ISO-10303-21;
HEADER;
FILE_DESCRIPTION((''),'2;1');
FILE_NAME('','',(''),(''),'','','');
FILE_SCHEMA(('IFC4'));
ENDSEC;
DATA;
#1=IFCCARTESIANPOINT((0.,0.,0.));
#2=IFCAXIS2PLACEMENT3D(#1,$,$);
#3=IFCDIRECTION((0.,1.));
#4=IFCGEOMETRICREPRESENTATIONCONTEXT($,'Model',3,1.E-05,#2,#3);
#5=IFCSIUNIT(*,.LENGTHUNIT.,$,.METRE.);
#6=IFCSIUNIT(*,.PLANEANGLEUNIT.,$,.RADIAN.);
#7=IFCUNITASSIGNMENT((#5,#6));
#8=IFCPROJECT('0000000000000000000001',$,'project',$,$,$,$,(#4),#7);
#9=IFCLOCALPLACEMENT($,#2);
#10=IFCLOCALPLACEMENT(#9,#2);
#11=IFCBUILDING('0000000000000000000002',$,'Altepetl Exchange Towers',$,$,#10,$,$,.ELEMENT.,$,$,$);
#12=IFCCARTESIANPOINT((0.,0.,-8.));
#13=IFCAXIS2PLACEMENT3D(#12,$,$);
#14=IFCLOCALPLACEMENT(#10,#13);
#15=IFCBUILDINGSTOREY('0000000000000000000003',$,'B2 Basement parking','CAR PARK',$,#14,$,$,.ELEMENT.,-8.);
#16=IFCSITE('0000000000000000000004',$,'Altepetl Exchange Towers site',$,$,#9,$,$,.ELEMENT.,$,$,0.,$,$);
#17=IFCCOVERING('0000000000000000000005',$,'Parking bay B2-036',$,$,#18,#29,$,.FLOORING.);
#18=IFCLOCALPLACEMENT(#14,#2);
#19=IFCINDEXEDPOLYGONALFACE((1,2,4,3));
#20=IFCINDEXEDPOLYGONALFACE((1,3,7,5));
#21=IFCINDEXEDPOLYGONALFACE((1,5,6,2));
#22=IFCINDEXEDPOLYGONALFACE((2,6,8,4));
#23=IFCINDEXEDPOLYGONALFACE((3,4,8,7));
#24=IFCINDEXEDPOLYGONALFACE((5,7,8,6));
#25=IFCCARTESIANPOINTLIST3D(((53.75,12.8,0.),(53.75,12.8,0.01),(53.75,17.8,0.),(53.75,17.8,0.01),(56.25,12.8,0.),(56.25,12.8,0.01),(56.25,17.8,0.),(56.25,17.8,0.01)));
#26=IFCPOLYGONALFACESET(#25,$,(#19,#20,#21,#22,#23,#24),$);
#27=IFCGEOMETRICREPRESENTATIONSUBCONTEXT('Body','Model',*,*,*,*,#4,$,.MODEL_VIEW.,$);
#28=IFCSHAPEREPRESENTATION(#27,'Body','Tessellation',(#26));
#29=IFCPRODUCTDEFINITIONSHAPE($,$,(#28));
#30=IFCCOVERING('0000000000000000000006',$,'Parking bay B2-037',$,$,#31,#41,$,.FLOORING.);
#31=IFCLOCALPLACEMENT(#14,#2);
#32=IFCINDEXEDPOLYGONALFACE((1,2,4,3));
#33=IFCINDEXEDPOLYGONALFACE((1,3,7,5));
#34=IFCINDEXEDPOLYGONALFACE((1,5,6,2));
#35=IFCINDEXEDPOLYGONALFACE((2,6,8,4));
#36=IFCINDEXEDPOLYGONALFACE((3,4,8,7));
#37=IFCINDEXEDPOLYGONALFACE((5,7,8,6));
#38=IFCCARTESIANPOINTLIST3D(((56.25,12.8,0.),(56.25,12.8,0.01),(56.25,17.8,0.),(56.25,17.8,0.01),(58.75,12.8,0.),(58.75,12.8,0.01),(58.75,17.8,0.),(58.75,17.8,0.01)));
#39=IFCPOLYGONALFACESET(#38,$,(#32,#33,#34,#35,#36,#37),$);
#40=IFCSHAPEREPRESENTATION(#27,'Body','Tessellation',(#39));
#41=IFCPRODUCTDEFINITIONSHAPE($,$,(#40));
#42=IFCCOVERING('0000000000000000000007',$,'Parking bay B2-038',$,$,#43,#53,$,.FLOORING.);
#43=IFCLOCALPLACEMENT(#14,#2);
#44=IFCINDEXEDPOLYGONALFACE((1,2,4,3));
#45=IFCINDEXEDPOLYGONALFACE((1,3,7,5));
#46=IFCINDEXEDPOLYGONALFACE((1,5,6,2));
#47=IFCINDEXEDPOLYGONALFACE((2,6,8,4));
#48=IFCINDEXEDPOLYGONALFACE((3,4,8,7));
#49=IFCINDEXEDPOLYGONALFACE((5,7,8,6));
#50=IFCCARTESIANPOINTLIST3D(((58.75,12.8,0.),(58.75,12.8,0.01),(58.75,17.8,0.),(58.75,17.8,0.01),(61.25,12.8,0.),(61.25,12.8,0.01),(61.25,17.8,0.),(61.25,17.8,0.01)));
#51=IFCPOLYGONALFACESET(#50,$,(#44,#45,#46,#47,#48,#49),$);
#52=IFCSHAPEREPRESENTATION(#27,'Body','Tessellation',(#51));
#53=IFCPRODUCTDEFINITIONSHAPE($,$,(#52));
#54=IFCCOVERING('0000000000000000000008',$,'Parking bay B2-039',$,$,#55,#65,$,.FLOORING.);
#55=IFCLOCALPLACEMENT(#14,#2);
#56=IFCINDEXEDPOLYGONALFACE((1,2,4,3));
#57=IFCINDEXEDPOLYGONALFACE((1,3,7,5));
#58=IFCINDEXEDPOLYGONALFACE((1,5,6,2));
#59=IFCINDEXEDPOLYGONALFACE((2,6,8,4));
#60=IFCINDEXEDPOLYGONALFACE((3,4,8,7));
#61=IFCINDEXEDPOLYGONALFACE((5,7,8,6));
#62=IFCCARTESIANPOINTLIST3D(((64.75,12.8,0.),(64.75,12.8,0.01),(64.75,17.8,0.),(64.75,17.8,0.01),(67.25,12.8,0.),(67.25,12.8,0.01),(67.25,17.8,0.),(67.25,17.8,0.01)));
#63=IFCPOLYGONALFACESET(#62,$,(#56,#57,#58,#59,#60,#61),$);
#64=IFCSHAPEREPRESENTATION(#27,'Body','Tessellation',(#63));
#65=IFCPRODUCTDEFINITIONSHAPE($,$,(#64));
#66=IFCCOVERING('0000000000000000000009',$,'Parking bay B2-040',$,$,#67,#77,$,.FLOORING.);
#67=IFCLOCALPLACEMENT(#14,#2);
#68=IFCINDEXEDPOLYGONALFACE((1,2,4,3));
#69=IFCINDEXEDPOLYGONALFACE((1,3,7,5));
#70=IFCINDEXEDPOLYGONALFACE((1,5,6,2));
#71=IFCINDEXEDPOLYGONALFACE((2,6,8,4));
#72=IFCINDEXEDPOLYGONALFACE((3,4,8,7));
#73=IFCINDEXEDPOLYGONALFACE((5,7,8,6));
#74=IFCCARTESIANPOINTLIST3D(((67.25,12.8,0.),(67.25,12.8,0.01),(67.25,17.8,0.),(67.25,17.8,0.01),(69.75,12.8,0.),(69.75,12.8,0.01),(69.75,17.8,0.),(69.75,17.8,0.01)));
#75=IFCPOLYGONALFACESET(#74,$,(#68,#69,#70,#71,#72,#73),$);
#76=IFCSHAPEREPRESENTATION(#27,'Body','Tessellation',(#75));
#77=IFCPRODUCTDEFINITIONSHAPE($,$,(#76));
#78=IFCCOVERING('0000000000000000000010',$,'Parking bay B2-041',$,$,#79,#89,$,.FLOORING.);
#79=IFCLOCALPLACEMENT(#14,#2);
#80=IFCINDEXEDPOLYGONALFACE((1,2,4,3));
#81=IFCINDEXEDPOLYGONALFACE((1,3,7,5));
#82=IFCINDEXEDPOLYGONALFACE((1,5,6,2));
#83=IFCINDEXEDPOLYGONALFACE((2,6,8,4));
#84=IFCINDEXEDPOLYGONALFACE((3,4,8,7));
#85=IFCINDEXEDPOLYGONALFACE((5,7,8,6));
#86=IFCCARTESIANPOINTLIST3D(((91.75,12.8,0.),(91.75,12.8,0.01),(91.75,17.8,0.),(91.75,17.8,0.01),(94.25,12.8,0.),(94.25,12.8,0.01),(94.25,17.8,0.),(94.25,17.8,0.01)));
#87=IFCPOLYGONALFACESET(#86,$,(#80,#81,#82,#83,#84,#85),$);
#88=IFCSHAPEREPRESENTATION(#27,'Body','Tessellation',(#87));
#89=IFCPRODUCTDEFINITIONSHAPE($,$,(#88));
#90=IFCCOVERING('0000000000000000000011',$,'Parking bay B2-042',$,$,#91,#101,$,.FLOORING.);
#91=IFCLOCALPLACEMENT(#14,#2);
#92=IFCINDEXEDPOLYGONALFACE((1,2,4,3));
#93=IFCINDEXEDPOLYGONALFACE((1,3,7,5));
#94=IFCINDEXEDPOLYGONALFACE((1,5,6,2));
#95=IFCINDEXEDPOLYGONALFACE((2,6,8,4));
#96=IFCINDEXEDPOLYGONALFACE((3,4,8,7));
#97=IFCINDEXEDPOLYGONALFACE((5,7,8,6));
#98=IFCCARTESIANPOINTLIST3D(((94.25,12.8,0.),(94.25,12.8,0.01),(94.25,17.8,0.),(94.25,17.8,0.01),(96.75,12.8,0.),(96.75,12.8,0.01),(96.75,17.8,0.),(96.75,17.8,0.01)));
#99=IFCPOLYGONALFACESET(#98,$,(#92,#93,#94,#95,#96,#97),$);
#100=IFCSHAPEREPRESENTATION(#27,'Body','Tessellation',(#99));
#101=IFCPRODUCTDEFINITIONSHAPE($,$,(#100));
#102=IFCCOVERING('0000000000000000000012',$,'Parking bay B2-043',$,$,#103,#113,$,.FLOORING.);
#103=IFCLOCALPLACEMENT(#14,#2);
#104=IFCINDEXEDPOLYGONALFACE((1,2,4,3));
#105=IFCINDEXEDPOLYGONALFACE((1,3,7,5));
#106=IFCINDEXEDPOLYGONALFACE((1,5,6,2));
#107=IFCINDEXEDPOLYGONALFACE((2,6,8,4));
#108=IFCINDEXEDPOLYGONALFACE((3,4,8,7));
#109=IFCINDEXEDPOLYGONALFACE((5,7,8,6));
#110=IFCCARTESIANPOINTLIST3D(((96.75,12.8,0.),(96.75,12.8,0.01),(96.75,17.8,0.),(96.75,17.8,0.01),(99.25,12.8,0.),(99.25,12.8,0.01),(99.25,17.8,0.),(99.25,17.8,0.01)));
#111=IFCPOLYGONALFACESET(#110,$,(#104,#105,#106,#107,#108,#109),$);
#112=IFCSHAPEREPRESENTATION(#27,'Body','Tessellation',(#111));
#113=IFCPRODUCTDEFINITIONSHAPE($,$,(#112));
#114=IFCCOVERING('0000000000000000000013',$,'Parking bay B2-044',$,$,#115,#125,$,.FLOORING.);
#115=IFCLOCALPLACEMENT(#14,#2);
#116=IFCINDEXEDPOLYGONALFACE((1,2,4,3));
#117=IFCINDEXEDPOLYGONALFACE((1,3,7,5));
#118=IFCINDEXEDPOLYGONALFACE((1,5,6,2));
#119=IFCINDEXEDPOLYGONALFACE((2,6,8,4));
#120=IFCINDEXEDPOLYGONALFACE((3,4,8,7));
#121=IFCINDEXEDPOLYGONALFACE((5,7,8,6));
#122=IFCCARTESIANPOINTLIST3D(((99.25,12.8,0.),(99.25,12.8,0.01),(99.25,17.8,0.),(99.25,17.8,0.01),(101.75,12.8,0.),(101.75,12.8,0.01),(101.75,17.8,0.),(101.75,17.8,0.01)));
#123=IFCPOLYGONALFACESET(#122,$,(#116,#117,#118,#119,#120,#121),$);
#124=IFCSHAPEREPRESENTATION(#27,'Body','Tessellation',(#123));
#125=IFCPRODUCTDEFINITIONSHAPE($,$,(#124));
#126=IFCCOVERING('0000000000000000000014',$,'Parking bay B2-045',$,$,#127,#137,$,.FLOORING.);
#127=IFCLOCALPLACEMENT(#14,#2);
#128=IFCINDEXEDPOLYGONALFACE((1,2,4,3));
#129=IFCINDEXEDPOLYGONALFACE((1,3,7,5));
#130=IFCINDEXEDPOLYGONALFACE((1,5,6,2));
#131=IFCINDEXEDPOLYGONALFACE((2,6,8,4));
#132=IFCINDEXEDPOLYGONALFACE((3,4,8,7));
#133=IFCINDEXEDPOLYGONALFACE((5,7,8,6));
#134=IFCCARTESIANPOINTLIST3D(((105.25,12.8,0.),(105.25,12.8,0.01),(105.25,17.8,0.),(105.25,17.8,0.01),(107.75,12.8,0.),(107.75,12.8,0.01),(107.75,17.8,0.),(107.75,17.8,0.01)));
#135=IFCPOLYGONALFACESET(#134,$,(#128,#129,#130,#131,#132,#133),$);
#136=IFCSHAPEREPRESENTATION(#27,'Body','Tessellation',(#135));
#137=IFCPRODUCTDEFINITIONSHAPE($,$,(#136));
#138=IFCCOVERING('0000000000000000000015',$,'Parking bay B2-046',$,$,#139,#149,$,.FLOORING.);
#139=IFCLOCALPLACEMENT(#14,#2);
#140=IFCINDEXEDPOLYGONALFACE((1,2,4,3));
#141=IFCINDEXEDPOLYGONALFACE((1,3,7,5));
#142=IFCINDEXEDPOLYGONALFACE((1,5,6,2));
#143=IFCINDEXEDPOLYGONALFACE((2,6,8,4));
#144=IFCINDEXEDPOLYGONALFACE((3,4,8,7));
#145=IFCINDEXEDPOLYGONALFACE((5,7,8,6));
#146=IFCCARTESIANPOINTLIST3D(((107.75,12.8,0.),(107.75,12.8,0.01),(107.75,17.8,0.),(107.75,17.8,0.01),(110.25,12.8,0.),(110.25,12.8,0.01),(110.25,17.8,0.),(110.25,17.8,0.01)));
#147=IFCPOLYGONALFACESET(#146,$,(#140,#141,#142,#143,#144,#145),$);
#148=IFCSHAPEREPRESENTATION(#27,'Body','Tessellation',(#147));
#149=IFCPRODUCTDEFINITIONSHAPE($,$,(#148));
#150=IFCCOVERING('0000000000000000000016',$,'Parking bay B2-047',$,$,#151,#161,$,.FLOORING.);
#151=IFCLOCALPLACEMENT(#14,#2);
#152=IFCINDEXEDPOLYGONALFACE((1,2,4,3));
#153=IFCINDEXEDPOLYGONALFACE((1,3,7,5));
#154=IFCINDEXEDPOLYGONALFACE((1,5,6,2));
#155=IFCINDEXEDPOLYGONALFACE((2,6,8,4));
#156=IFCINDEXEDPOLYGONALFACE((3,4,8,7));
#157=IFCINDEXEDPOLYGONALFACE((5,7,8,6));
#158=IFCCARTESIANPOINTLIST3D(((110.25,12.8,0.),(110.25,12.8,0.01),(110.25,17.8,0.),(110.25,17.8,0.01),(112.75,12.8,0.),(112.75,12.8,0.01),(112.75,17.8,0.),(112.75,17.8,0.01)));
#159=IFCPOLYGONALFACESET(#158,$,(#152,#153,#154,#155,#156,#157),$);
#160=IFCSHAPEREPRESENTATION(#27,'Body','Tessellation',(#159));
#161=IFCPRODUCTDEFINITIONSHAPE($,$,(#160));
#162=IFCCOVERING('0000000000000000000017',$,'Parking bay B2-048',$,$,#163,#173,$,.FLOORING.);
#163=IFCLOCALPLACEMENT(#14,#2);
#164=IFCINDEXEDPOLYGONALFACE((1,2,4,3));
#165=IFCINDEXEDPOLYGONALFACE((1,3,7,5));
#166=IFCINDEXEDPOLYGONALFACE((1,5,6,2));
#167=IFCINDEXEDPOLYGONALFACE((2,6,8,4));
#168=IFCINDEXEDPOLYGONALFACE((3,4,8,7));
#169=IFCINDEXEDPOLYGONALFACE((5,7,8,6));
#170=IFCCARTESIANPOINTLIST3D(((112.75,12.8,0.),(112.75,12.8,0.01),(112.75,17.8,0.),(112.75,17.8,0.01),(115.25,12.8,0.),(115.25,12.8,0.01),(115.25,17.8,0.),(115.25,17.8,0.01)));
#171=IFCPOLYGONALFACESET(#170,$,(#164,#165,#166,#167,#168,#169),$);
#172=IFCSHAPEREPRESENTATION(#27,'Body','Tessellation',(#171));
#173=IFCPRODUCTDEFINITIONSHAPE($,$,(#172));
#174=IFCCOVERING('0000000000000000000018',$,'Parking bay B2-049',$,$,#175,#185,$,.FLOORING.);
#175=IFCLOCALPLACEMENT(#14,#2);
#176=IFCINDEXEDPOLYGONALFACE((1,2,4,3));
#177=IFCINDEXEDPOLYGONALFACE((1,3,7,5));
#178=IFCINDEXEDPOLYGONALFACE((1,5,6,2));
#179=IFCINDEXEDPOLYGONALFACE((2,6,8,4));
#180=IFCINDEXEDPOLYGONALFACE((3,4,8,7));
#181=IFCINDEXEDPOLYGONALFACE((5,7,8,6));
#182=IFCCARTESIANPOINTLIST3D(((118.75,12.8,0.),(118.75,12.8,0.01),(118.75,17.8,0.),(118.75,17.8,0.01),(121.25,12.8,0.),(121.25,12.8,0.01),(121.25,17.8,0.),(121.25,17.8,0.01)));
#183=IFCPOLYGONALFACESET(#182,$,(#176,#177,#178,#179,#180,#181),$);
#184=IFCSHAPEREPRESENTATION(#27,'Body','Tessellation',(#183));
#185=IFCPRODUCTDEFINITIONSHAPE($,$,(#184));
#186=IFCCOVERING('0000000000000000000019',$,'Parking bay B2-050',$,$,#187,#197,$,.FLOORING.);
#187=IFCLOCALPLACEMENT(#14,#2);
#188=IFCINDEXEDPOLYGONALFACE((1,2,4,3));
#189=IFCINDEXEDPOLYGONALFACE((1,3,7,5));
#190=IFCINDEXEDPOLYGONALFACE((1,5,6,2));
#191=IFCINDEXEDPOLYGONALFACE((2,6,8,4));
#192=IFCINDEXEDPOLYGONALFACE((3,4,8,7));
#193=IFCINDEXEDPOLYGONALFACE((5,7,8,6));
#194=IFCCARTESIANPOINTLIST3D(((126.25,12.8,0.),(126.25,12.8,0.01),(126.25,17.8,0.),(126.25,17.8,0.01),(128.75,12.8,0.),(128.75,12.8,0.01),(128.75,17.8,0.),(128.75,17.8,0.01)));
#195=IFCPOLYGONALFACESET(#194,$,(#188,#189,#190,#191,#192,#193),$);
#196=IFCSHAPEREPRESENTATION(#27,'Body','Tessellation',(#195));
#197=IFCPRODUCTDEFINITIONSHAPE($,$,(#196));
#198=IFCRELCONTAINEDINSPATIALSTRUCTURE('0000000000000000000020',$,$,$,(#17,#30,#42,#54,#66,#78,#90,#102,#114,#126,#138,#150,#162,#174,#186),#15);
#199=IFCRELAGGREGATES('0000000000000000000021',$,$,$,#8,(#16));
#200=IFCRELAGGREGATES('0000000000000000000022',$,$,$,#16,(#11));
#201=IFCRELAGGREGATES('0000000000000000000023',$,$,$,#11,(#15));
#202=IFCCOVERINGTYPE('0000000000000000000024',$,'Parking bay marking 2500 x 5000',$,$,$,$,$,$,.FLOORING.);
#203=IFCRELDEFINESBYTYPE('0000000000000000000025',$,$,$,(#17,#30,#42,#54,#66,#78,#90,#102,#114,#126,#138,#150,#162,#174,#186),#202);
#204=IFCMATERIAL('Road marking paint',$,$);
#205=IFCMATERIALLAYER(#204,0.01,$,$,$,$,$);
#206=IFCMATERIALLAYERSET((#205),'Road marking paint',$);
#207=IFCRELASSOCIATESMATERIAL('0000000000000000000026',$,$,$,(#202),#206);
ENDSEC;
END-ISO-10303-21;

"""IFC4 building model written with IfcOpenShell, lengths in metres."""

from ifc_helpers import new_model, si_unit, direction, frame, origin, place, context, subcontext, project, spatial, polyline, outline, extrude, material, layer, layer_set, type_object, element, save


model = new_model("IFC4")

# Units and contexts
model_context = context("Model", 3, precision=1e-05, world=origin(), true_north=direction((0.0, 1.0)))
body_context = subcontext(model_context, "Body", "Model", "MODEL_VIEW")
ifc_project = project(units=[si_unit("LENGTHUNIT", "METRE"), si_unit("PLANEANGLEUNIT", "RADIAN")], contexts=[model_context])

# Site, building, storey
site_placement = place(None, origin())
site = spatial("IfcSite", under=ifc_project, at=site_placement, Name="Altepetl Exchange Towers site", CompositionType="ELEMENT", RefElevation=0.0)
building_placement = place(site_placement, origin())
building = spatial("IfcBuilding", under=site, at=building_placement, Name="Altepetl Exchange Towers", CompositionType="ELEMENT")
storey_placement = place(building_placement, frame((0.0, 0.0, -8.0)))
storey = spatial("IfcBuildingStorey", under=building, at=storey_placement, Name="B2 Basement parking", Description="CAR PARK", CompositionType="ELEMENT", Elevation=-8.0)

# Coverings
ifc_material = material(Name="Road marking paint")
ifc_layer = layer(ifc_material, 0.01)
ifc_layer_set = layer_set([ifc_layer], Name="Road marking paint")
covering_type = type_object("IfcCoveringType", Name="Parking bay marking 2500 x 5000", PredefinedType="FLOORING", material=ifc_layer_set)
covering_1_placement = place(storey_placement, origin())
element("IfcCovering", 1, at=covering_1_placement, inside=storey, type_object=covering_type, Name="Parking bay B2-036", PredefinedType="FLOORING", context=body_context, shape_type="SweptSolid", body=[
    extrude(outline(polyline([(53.75, 12.8), (56.25, 12.8), (56.25, 17.8), (53.75, 17.8), (53.75, 12.8)])), origin(), (0.0, 0.0, 1.0), 0.01),
])
covering_2_placement = place(storey_placement, origin())
element("IfcCovering", 2, at=covering_2_placement, inside=storey, type_object=covering_type, Name="Parking bay B2-037", PredefinedType="FLOORING", context=body_context, shape_type="SweptSolid", body=[
    extrude(outline(polyline([(56.25, 12.8), (58.75, 12.8), (58.75, 17.8), (56.25, 17.8), (56.25, 12.8)])), origin(), (0.0, 0.0, 1.0), 0.01),
])
covering_3_placement = place(storey_placement, origin())
element("IfcCovering", 3, at=covering_3_placement, inside=storey, type_object=covering_type, Name="Parking bay B2-038", PredefinedType="FLOORING", context=body_context, shape_type="SweptSolid", body=[
    extrude(outline(polyline([(58.75, 12.8), (61.25, 12.8), (61.25, 17.8), (58.75, 17.8), (58.75, 12.8)])), origin(), (0.0, 0.0, 1.0), 0.01),
])
covering_4_placement = place(storey_placement, origin())
element("IfcCovering", 4, at=covering_4_placement, inside=storey, type_object=covering_type, Name="Parking bay B2-039", PredefinedType="FLOORING", context=body_context, shape_type="SweptSolid", body=[
    extrude(outline(polyline([(64.75, 12.8), (67.25, 12.8), (67.25, 17.8), (64.75, 17.8), (64.75, 12.8)])), origin(), (0.0, 0.0, 1.0), 0.01),
])
covering_5_placement = place(storey_placement, origin())
element("IfcCovering", 5, at=covering_5_placement, inside=storey, type_object=covering_type, Name="Parking bay B2-040", PredefinedType="FLOORING", context=body_context, shape_type="SweptSolid", body=[
    extrude(outline(polyline([(67.25, 12.8), (69.75, 12.8), (69.75, 17.8), (67.25, 17.8), (67.25, 12.8)])), origin(), (0.0, 0.0, 1.0), 0.01),
])
covering_6_placement = place(storey_placement, origin())
element("IfcCovering", 6, at=covering_6_placement, inside=storey, type_object=covering_type, Name="Parking bay B2-041", PredefinedType="FLOORING", context=body_context, shape_type="SweptSolid", body=[
    extrude(outline(polyline([(91.75, 12.8), (94.25, 12.8), (94.25, 17.8), (91.75, 17.8), (91.75, 12.8)])), origin(), (0.0, 0.0, 1.0), 0.01),
])
covering_7_placement = place(storey_placement, origin())
element("IfcCovering", 7, at=covering_7_placement, inside=storey, type_object=covering_type, Name="Parking bay B2-042", PredefinedType="FLOORING", context=body_context, shape_type="SweptSolid", body=[
    extrude(outline(polyline([(94.25, 12.8), (96.75, 12.8), (96.75, 17.8), (94.25, 17.8), (94.25, 12.8)])), origin(), (0.0, 0.0, 1.0), 0.01),
])
covering_8_placement = place(storey_placement, origin())
element("IfcCovering", 8, at=covering_8_placement, inside=storey, type_object=covering_type, Name="Parking bay B2-043", PredefinedType="FLOORING", context=body_context, shape_type="SweptSolid", body=[
    extrude(outline(polyline([(96.75, 12.8), (99.25, 12.8), (99.25, 17.8), (96.75, 17.8), (96.75, 12.8)])), origin(), (0.0, 0.0, 1.0), 0.01),
])
covering_9_placement = place(storey_placement, origin())
element("IfcCovering", 9, at=covering_9_placement, inside=storey, type_object=covering_type, Name="Parking bay B2-044", PredefinedType="FLOORING", context=body_context, shape_type="SweptSolid", body=[
    extrude(outline(polyline([(99.25, 12.8), (101.75, 12.8), (101.75, 17.8), (99.25, 17.8), (99.25, 12.8)])), origin(), (0.0, 0.0, 1.0), 0.01),
])
covering_10_placement = place(storey_placement, origin())
element("IfcCovering", 10, at=covering_10_placement, inside=storey, type_object=covering_type, Name="Parking bay B2-045", PredefinedType="FLOORING", context=body_context, shape_type="SweptSolid", body=[
    extrude(outline(polyline([(105.25, 12.8), (107.75, 12.8), (107.75, 17.8), (105.25, 17.8), (105.25, 12.8)])), origin(), (0.0, 0.0, 1.0), 0.01),
])
covering_11_placement = place(storey_placement, origin())
element("IfcCovering", 11, at=covering_11_placement, inside=storey, type_object=covering_type, Name="Parking bay B2-046", PredefinedType="FLOORING", context=body_context, shape_type="SweptSolid", body=[
    extrude(outline(polyline([(107.75, 12.8), (110.25, 12.8), (110.25, 17.8), (107.75, 17.8), (107.75, 12.8)])), origin(), (0.0, 0.0, 1.0), 0.01),
])
covering_12_placement = place(storey_placement, origin())
element("IfcCovering", 12, at=covering_12_placement, inside=storey, type_object=covering_type, Name="Parking bay B2-047", PredefinedType="FLOORING", context=body_context, shape_type="SweptSolid", body=[
    extrude(outline(polyline([(110.25, 12.8), (112.75, 12.8), (112.75, 17.8), (110.25, 17.8), (110.25, 12.8)])), origin(), (0.0, 0.0, 1.0), 0.01),
])
covering_13_placement = place(storey_placement, origin())
element("IfcCovering", 13, at=covering_13_placement, inside=storey, type_object=covering_type, Name="Parking bay B2-048", PredefinedType="FLOORING", context=body_context, shape_type="SweptSolid", body=[
    extrude(outline(polyline([(112.75, 12.8), (115.25, 12.8), (115.25, 17.8), (112.75, 17.8), (112.75, 12.8)])), origin(), (0.0, 0.0, 1.0), 0.01),
])
covering_14_placement = place(storey_placement, origin())
element("IfcCovering", 14, at=covering_14_placement, inside=storey, type_object=covering_type, Name="Parking bay B2-049", PredefinedType="FLOORING", context=body_context, shape_type="SweptSolid", body=[
    extrude(outline(polyline([(118.75, 12.8), (121.25, 12.8), (121.25, 17.8), (118.75, 17.8), (118.75, 12.8)])), origin(), (0.0, 0.0, 1.0), 0.01),
])
covering_15_placement = place(storey_placement, origin())
element("IfcCovering", 15, at=covering_15_placement, inside=storey, type_object=covering_type, Name="Parking bay B2-050", PredefinedType="FLOORING", context=body_context, shape_type="SweptSolid", body=[
    extrude(outline(polyline([(126.25, 12.8), (128.75, 12.8), (128.75, 17.8), (126.25, 17.8), (126.25, 12.8)])), origin(), (0.0, 0.0, 1.0), 0.01),
])

save(model, "model.ifc")
